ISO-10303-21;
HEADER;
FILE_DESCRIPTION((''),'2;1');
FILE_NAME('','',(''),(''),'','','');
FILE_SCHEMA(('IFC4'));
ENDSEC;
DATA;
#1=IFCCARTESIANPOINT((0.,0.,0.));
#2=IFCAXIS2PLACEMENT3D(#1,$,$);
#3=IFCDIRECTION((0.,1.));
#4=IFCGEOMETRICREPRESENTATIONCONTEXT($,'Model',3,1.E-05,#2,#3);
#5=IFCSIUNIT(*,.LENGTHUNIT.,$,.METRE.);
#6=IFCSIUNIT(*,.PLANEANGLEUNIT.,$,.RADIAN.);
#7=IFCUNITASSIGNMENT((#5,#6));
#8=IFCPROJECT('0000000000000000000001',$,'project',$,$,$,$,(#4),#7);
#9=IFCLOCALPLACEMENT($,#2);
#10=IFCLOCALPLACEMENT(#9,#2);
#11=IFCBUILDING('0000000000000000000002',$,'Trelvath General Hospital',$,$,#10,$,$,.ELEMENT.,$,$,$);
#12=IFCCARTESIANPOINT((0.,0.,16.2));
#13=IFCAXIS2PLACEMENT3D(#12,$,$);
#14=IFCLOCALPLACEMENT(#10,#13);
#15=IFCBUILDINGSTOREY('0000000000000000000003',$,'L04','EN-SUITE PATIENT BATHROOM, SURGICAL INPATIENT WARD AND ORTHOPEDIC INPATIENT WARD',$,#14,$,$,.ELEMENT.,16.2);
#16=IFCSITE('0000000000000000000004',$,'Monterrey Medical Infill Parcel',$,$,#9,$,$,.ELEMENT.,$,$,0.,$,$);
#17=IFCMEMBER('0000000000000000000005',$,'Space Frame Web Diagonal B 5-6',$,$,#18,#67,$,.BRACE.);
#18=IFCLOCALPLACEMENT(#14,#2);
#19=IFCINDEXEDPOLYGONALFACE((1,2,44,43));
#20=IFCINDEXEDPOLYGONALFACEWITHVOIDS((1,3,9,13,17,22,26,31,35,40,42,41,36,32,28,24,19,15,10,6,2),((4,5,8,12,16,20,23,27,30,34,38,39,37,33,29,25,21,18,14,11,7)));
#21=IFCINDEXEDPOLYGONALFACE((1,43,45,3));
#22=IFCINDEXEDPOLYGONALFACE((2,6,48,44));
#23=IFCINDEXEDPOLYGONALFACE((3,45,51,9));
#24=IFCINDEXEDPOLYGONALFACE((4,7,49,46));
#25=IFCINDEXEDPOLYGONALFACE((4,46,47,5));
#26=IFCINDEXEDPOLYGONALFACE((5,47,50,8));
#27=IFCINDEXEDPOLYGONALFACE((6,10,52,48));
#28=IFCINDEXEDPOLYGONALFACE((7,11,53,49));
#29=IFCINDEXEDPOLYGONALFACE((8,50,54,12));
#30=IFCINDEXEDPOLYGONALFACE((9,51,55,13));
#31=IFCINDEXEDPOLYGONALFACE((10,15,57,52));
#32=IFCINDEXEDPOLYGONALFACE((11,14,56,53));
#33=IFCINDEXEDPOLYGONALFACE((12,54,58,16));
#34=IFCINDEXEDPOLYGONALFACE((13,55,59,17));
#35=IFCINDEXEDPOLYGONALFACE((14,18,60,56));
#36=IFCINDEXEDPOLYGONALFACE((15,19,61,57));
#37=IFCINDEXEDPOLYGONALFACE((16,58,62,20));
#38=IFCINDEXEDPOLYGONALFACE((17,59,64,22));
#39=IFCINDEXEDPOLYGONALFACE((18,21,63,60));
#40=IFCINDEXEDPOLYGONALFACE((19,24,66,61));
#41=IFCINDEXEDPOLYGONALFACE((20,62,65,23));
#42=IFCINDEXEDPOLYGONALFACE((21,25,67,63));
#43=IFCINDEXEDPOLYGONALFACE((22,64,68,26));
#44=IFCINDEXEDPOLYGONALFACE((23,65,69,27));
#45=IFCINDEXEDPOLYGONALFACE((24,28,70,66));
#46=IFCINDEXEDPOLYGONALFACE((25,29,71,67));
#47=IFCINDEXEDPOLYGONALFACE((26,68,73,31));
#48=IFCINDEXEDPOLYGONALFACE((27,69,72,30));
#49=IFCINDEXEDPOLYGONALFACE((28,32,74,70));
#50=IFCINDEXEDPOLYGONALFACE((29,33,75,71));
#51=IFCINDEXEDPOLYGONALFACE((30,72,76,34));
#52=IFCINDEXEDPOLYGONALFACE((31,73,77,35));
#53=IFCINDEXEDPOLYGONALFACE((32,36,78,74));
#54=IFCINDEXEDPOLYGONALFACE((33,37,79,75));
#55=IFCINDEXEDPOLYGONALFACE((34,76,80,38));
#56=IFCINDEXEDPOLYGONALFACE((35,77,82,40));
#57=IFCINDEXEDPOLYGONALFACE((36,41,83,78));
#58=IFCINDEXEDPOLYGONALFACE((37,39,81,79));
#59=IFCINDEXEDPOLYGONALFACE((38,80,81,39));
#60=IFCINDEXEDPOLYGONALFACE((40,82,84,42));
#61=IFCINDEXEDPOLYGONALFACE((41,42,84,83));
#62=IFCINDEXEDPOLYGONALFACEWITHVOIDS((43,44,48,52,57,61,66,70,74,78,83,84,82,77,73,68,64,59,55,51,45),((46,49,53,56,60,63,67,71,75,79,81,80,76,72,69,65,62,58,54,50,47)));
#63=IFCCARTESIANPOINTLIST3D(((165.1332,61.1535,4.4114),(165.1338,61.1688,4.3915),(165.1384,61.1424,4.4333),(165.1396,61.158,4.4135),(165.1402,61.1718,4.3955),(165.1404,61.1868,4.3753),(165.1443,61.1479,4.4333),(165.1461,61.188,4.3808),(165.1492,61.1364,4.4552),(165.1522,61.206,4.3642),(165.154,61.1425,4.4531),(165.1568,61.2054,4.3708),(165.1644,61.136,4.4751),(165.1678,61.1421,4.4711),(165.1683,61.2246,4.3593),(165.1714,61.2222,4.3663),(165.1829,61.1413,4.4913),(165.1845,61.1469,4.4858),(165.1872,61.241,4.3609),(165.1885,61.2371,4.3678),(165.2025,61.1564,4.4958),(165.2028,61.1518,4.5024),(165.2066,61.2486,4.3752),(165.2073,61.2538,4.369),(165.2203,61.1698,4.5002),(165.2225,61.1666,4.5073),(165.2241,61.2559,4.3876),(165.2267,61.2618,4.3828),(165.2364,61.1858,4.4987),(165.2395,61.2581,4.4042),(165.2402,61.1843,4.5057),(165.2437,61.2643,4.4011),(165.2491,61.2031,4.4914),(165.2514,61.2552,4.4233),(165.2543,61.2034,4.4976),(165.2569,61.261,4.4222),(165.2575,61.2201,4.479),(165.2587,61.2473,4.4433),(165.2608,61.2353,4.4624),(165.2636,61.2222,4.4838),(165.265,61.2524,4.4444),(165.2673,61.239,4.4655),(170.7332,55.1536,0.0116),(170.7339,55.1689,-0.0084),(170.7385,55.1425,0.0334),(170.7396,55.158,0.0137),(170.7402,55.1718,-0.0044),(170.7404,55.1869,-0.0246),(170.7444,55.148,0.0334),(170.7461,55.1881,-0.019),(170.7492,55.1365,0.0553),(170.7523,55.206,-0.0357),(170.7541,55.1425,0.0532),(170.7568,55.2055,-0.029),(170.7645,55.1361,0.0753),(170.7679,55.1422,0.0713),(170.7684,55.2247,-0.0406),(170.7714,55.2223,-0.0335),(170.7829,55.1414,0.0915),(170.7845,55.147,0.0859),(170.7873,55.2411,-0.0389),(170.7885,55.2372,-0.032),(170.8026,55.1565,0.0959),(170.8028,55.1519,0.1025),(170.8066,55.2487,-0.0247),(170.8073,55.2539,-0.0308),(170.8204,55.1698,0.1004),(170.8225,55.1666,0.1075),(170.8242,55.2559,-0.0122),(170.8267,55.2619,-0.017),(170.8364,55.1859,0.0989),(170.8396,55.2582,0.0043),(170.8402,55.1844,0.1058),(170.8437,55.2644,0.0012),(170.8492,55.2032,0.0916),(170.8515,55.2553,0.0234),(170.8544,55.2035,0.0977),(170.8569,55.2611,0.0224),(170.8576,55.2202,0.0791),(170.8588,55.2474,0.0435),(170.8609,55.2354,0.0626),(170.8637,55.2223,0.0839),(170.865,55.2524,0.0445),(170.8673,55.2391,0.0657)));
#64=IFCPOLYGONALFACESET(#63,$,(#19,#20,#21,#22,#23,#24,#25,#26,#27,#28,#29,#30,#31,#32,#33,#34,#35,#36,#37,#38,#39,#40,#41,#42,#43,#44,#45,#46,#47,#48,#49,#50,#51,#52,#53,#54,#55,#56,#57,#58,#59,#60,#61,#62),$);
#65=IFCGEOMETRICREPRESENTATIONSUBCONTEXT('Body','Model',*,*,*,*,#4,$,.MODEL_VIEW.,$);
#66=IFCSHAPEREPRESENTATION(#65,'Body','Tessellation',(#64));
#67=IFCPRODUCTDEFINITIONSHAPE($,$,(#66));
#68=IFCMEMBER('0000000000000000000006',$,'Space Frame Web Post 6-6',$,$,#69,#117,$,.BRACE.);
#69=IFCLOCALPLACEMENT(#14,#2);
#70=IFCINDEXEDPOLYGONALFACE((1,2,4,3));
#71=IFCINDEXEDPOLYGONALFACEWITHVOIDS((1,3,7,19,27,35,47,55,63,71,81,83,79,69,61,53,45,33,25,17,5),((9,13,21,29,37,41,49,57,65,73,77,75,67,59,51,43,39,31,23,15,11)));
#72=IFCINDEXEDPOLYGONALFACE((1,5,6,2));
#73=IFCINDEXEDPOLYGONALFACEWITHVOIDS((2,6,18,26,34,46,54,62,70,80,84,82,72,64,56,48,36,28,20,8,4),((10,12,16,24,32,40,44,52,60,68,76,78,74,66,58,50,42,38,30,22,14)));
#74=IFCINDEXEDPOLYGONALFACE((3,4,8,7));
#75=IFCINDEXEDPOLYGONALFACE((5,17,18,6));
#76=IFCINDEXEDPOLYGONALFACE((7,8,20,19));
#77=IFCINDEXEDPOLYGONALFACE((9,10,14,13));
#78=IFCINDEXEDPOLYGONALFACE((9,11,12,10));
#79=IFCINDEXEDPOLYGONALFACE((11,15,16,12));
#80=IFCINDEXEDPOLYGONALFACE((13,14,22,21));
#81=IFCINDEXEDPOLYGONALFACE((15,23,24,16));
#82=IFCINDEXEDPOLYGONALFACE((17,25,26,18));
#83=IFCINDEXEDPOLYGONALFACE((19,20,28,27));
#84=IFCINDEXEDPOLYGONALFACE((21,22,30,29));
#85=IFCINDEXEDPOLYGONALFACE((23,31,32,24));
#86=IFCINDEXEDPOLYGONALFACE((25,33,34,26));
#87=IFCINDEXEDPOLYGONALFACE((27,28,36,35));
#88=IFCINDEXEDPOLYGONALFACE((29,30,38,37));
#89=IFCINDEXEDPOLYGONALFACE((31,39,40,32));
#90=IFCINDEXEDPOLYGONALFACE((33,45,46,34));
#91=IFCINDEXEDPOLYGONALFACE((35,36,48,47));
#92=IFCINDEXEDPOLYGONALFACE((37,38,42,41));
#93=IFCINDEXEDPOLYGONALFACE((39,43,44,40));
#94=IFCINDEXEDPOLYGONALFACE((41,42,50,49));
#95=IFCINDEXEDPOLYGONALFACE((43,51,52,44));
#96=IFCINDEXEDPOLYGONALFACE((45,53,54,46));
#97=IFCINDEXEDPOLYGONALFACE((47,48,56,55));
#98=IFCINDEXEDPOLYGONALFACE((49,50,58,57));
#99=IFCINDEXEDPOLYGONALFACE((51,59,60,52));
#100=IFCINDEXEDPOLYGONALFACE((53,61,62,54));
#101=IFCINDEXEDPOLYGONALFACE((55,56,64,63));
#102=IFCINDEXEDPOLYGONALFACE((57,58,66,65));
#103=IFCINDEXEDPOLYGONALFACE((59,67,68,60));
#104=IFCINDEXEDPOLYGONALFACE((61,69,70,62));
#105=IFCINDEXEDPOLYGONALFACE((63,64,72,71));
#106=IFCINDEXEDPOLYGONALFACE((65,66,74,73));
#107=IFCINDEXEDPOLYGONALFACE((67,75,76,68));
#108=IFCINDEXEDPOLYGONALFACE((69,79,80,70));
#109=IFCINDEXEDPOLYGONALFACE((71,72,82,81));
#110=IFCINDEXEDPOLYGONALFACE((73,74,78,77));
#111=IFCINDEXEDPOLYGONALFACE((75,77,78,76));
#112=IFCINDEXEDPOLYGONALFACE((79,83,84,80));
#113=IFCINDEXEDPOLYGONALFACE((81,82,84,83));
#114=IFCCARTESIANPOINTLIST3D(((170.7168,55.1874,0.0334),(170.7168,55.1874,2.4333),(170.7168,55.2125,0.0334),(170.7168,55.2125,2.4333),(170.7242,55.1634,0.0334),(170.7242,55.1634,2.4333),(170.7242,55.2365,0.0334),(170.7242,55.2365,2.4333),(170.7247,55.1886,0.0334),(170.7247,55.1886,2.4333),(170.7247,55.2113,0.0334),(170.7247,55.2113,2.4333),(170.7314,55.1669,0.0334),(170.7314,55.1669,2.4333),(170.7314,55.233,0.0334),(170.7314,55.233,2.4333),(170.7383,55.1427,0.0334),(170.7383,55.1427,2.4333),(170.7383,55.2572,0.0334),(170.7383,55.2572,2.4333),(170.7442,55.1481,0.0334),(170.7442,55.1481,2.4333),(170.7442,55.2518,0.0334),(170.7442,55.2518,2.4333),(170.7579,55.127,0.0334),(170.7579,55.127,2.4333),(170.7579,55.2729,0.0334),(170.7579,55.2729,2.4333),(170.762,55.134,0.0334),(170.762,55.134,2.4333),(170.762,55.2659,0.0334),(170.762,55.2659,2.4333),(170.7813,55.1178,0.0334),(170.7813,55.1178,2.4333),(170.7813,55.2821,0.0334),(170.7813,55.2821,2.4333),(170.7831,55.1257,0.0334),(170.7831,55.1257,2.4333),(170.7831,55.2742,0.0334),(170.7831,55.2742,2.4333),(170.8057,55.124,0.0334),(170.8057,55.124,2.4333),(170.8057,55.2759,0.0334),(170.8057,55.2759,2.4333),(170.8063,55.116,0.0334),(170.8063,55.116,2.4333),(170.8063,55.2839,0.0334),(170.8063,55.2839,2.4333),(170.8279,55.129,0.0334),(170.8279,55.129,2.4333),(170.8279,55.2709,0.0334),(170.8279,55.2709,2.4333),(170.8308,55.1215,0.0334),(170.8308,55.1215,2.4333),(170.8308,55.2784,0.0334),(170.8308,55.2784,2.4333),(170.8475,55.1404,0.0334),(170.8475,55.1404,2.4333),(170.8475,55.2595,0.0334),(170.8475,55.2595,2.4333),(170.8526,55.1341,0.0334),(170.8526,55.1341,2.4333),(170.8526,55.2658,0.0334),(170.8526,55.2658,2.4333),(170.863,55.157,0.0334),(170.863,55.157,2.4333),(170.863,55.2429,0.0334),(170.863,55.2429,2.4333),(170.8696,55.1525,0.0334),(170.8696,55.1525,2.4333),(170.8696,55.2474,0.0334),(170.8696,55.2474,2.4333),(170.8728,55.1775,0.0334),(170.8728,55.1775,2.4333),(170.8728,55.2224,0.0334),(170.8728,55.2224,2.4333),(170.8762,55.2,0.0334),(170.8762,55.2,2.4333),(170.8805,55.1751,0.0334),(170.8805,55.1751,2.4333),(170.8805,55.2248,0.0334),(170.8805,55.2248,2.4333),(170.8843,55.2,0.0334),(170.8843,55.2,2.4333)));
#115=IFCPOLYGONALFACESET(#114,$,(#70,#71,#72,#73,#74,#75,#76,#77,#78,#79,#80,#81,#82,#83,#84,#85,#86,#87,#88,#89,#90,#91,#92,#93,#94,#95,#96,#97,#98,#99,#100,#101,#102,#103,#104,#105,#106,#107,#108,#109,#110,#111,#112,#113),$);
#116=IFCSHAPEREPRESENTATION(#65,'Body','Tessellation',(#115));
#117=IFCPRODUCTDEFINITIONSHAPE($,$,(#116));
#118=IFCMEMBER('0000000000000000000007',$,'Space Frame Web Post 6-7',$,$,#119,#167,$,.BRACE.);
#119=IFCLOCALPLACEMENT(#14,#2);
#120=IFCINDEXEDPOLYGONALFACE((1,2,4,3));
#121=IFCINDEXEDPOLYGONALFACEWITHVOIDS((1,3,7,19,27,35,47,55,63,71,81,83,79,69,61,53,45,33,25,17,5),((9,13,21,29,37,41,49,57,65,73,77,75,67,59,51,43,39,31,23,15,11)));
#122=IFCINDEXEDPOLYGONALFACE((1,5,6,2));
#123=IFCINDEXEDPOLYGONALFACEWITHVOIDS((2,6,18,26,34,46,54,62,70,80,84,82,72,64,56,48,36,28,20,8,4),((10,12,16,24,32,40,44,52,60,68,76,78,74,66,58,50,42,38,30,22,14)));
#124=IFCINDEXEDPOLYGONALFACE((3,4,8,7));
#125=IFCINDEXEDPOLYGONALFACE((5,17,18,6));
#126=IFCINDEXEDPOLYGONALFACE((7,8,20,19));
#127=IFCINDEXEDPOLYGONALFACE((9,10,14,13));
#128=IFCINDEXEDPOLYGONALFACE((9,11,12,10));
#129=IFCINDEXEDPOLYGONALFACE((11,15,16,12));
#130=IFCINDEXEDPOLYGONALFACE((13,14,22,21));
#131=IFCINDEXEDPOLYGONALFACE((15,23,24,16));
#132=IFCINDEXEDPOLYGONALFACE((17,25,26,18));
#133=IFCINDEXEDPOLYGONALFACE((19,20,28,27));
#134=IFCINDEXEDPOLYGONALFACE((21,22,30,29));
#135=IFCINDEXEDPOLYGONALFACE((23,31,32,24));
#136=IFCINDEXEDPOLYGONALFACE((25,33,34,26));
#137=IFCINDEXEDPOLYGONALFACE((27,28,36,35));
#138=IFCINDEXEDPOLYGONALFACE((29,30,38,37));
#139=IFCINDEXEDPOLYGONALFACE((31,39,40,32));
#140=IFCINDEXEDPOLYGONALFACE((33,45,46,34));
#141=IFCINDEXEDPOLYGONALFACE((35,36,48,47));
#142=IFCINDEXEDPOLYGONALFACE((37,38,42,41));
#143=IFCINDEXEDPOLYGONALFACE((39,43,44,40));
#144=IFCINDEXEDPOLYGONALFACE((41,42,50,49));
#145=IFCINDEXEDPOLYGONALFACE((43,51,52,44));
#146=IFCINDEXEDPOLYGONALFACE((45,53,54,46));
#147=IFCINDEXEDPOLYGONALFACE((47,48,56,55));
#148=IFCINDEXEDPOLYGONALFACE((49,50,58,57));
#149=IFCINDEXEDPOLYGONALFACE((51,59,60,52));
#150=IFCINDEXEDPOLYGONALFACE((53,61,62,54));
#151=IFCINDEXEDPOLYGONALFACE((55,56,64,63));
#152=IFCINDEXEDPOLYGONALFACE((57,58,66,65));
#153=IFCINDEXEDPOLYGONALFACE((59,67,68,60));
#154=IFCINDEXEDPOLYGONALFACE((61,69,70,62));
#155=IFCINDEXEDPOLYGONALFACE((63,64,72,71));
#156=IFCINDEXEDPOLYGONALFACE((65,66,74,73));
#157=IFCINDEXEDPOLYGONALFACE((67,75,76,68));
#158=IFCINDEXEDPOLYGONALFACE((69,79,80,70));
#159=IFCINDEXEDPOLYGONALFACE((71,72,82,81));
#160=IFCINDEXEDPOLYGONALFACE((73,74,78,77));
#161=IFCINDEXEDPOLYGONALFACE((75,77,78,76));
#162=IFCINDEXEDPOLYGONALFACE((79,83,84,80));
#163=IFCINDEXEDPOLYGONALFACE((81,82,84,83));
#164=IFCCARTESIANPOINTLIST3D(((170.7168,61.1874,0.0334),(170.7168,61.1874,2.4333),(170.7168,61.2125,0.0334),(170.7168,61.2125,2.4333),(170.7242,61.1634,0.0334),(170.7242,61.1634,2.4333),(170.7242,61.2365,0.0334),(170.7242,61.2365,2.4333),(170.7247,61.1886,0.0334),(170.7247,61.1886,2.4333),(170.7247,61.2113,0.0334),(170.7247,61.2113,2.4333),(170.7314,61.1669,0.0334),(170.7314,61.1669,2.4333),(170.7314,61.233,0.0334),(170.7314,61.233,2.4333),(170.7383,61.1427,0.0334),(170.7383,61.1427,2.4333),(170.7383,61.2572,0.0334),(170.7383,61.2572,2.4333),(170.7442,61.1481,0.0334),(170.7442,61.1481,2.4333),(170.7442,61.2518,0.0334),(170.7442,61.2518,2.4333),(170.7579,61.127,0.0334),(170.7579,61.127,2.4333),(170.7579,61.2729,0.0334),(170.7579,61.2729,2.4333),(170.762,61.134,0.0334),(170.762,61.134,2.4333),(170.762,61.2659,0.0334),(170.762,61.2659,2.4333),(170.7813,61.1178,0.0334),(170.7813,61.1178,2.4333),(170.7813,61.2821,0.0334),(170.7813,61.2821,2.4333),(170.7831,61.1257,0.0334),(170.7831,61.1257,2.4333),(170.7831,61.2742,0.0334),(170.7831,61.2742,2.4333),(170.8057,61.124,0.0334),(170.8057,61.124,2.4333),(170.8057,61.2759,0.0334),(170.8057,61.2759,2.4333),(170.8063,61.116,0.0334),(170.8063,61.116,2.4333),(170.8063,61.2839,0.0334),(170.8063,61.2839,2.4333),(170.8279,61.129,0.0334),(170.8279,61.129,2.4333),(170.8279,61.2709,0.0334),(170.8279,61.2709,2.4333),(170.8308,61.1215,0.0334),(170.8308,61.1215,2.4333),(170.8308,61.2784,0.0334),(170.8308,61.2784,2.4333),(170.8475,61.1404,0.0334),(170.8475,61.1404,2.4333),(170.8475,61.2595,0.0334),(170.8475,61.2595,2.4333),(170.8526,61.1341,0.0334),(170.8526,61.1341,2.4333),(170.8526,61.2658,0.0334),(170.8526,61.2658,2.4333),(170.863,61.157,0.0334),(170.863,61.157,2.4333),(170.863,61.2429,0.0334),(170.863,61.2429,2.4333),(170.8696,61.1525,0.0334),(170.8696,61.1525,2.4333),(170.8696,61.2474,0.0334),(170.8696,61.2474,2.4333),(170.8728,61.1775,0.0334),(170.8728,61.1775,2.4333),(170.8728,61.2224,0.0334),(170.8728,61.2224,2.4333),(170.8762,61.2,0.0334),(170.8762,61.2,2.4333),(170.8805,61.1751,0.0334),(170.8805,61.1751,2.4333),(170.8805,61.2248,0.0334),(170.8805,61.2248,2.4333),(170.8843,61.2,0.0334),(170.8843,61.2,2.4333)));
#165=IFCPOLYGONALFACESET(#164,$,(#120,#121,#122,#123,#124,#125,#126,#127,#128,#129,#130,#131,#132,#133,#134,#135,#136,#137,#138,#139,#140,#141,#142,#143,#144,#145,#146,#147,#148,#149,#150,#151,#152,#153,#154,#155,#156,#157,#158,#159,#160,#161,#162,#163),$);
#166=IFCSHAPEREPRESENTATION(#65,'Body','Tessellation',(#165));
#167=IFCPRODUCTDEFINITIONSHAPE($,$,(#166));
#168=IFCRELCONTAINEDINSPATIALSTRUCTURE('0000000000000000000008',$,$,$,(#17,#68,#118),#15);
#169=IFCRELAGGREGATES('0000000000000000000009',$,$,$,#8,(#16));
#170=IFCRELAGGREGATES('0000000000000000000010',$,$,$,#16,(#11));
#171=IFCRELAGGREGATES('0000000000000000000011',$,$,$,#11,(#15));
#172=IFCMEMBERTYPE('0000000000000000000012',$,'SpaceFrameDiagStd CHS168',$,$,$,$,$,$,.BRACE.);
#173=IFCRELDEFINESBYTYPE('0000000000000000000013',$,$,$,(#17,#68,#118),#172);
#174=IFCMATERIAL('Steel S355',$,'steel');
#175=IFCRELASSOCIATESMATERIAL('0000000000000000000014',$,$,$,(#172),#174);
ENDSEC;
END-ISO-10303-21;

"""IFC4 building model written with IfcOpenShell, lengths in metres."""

from ifc_helpers import new_model, si_unit, direction, frame, origin, origin_2d, place, context, subcontext, project, spatial, hollow_circle, extrude, material, material_profile, profile_set, type_object, element, save


model = new_model("IFC4")

# Units and contexts
model_context = context("Model", 3, precision=1e-05, world=origin(), true_north=direction((0.0, 1.0)))
body_context = subcontext(model_context, "Body", "Model", "MODEL_VIEW")
ifc_project = project(units=[si_unit("LENGTHUNIT", "METRE"), si_unit("PLANEANGLEUNIT", "RADIAN")], contexts=[model_context])

# Site, building, storey
site_placement = place(None, origin())
site = spatial("IfcSite", under=ifc_project, at=site_placement, Name="Monterrey Medical Infill Parcel", CompositionType="ELEMENT", RefElevation=0.0)
building_placement = place(site_placement, origin())
building = spatial("IfcBuilding", under=site, at=building_placement, Name="Trelvath General Hospital", CompositionType="ELEMENT")
storey_placement = place(building_placement, frame((0.0, 0.0, 16.2)))
storey = spatial("IfcBuildingStorey", under=building, at=storey_placement, Name="L04", Description="EN-SUITE PATIENT BATHROOM, SURGICAL INPATIENT WARD AND ORTHOPEDIC INPATIENT WARD", CompositionType="ELEMENT", Elevation=16.2)

# Members
ifc_material_1 = material(Name="Steel S355", Category="steel")
ifc_material_profile_1 = material_profile(ifc_material_1, hollow_circle(Radius=0.0842, WallThickness=0.0081, at=origin_2d()), Name="CHS168.3x8.0")
ifc_profile_set_1 = profile_set([ifc_material_profile_1], Name="Steel S355")
member_type_1 = type_object("IfcMemberType", Name="SpaceFrameDiagStd CHS168", PredefinedType="BRACE", material=ifc_profile_set_1)
member_1_placement = place(storey_placement, frame((170.8, 55.2, 0.0334), z_axis=(-0.601361, 0.644304, 0.472479), x_axis=(-0.731049, -0.682325, 0.0)))
element("IfcMember", 1, at=member_1_placement, inside=storey, type_object=member_type_1, Name="Space Frame Web Diagonal B 5-6", PredefinedType="BRACE", context=body_context, shape_type="SweptSolid", body=[
    extrude(hollow_circle(Radius=0.0842, WallThickness=0.0081, at=origin_2d()), origin(), (0.0, 0.0, 1.0), 9.3123),
])
for number, where, z_axis, x_axis, name in (
    (2, (170.8, 55.2, 0.0334), (0.0, 0.0, 1.0), (1.0, 0.0, 0.0), "Space Frame Web Post 6-6"),
    (3, (170.8, 61.2, 0.0334), (0.0, 0.0, 1.0), (1.0, 0.0, 0.0), "Space Frame Web Post 6-7"),
):
    element("IfcMember", number, at=place(storey_placement, frame(where, z_axis=z_axis, x_axis=x_axis)), inside=storey, type_object=member_type_1, Name=name, PredefinedType="BRACE", context=body_context, shape_type="SweptSolid", body=[
        extrude(hollow_circle(Radius=0.0842, WallThickness=0.0081, at=origin_2d()), origin(), (0.0, 0.0, 1.0), 2.3999),
    ])

save(model, "model.ifc")
